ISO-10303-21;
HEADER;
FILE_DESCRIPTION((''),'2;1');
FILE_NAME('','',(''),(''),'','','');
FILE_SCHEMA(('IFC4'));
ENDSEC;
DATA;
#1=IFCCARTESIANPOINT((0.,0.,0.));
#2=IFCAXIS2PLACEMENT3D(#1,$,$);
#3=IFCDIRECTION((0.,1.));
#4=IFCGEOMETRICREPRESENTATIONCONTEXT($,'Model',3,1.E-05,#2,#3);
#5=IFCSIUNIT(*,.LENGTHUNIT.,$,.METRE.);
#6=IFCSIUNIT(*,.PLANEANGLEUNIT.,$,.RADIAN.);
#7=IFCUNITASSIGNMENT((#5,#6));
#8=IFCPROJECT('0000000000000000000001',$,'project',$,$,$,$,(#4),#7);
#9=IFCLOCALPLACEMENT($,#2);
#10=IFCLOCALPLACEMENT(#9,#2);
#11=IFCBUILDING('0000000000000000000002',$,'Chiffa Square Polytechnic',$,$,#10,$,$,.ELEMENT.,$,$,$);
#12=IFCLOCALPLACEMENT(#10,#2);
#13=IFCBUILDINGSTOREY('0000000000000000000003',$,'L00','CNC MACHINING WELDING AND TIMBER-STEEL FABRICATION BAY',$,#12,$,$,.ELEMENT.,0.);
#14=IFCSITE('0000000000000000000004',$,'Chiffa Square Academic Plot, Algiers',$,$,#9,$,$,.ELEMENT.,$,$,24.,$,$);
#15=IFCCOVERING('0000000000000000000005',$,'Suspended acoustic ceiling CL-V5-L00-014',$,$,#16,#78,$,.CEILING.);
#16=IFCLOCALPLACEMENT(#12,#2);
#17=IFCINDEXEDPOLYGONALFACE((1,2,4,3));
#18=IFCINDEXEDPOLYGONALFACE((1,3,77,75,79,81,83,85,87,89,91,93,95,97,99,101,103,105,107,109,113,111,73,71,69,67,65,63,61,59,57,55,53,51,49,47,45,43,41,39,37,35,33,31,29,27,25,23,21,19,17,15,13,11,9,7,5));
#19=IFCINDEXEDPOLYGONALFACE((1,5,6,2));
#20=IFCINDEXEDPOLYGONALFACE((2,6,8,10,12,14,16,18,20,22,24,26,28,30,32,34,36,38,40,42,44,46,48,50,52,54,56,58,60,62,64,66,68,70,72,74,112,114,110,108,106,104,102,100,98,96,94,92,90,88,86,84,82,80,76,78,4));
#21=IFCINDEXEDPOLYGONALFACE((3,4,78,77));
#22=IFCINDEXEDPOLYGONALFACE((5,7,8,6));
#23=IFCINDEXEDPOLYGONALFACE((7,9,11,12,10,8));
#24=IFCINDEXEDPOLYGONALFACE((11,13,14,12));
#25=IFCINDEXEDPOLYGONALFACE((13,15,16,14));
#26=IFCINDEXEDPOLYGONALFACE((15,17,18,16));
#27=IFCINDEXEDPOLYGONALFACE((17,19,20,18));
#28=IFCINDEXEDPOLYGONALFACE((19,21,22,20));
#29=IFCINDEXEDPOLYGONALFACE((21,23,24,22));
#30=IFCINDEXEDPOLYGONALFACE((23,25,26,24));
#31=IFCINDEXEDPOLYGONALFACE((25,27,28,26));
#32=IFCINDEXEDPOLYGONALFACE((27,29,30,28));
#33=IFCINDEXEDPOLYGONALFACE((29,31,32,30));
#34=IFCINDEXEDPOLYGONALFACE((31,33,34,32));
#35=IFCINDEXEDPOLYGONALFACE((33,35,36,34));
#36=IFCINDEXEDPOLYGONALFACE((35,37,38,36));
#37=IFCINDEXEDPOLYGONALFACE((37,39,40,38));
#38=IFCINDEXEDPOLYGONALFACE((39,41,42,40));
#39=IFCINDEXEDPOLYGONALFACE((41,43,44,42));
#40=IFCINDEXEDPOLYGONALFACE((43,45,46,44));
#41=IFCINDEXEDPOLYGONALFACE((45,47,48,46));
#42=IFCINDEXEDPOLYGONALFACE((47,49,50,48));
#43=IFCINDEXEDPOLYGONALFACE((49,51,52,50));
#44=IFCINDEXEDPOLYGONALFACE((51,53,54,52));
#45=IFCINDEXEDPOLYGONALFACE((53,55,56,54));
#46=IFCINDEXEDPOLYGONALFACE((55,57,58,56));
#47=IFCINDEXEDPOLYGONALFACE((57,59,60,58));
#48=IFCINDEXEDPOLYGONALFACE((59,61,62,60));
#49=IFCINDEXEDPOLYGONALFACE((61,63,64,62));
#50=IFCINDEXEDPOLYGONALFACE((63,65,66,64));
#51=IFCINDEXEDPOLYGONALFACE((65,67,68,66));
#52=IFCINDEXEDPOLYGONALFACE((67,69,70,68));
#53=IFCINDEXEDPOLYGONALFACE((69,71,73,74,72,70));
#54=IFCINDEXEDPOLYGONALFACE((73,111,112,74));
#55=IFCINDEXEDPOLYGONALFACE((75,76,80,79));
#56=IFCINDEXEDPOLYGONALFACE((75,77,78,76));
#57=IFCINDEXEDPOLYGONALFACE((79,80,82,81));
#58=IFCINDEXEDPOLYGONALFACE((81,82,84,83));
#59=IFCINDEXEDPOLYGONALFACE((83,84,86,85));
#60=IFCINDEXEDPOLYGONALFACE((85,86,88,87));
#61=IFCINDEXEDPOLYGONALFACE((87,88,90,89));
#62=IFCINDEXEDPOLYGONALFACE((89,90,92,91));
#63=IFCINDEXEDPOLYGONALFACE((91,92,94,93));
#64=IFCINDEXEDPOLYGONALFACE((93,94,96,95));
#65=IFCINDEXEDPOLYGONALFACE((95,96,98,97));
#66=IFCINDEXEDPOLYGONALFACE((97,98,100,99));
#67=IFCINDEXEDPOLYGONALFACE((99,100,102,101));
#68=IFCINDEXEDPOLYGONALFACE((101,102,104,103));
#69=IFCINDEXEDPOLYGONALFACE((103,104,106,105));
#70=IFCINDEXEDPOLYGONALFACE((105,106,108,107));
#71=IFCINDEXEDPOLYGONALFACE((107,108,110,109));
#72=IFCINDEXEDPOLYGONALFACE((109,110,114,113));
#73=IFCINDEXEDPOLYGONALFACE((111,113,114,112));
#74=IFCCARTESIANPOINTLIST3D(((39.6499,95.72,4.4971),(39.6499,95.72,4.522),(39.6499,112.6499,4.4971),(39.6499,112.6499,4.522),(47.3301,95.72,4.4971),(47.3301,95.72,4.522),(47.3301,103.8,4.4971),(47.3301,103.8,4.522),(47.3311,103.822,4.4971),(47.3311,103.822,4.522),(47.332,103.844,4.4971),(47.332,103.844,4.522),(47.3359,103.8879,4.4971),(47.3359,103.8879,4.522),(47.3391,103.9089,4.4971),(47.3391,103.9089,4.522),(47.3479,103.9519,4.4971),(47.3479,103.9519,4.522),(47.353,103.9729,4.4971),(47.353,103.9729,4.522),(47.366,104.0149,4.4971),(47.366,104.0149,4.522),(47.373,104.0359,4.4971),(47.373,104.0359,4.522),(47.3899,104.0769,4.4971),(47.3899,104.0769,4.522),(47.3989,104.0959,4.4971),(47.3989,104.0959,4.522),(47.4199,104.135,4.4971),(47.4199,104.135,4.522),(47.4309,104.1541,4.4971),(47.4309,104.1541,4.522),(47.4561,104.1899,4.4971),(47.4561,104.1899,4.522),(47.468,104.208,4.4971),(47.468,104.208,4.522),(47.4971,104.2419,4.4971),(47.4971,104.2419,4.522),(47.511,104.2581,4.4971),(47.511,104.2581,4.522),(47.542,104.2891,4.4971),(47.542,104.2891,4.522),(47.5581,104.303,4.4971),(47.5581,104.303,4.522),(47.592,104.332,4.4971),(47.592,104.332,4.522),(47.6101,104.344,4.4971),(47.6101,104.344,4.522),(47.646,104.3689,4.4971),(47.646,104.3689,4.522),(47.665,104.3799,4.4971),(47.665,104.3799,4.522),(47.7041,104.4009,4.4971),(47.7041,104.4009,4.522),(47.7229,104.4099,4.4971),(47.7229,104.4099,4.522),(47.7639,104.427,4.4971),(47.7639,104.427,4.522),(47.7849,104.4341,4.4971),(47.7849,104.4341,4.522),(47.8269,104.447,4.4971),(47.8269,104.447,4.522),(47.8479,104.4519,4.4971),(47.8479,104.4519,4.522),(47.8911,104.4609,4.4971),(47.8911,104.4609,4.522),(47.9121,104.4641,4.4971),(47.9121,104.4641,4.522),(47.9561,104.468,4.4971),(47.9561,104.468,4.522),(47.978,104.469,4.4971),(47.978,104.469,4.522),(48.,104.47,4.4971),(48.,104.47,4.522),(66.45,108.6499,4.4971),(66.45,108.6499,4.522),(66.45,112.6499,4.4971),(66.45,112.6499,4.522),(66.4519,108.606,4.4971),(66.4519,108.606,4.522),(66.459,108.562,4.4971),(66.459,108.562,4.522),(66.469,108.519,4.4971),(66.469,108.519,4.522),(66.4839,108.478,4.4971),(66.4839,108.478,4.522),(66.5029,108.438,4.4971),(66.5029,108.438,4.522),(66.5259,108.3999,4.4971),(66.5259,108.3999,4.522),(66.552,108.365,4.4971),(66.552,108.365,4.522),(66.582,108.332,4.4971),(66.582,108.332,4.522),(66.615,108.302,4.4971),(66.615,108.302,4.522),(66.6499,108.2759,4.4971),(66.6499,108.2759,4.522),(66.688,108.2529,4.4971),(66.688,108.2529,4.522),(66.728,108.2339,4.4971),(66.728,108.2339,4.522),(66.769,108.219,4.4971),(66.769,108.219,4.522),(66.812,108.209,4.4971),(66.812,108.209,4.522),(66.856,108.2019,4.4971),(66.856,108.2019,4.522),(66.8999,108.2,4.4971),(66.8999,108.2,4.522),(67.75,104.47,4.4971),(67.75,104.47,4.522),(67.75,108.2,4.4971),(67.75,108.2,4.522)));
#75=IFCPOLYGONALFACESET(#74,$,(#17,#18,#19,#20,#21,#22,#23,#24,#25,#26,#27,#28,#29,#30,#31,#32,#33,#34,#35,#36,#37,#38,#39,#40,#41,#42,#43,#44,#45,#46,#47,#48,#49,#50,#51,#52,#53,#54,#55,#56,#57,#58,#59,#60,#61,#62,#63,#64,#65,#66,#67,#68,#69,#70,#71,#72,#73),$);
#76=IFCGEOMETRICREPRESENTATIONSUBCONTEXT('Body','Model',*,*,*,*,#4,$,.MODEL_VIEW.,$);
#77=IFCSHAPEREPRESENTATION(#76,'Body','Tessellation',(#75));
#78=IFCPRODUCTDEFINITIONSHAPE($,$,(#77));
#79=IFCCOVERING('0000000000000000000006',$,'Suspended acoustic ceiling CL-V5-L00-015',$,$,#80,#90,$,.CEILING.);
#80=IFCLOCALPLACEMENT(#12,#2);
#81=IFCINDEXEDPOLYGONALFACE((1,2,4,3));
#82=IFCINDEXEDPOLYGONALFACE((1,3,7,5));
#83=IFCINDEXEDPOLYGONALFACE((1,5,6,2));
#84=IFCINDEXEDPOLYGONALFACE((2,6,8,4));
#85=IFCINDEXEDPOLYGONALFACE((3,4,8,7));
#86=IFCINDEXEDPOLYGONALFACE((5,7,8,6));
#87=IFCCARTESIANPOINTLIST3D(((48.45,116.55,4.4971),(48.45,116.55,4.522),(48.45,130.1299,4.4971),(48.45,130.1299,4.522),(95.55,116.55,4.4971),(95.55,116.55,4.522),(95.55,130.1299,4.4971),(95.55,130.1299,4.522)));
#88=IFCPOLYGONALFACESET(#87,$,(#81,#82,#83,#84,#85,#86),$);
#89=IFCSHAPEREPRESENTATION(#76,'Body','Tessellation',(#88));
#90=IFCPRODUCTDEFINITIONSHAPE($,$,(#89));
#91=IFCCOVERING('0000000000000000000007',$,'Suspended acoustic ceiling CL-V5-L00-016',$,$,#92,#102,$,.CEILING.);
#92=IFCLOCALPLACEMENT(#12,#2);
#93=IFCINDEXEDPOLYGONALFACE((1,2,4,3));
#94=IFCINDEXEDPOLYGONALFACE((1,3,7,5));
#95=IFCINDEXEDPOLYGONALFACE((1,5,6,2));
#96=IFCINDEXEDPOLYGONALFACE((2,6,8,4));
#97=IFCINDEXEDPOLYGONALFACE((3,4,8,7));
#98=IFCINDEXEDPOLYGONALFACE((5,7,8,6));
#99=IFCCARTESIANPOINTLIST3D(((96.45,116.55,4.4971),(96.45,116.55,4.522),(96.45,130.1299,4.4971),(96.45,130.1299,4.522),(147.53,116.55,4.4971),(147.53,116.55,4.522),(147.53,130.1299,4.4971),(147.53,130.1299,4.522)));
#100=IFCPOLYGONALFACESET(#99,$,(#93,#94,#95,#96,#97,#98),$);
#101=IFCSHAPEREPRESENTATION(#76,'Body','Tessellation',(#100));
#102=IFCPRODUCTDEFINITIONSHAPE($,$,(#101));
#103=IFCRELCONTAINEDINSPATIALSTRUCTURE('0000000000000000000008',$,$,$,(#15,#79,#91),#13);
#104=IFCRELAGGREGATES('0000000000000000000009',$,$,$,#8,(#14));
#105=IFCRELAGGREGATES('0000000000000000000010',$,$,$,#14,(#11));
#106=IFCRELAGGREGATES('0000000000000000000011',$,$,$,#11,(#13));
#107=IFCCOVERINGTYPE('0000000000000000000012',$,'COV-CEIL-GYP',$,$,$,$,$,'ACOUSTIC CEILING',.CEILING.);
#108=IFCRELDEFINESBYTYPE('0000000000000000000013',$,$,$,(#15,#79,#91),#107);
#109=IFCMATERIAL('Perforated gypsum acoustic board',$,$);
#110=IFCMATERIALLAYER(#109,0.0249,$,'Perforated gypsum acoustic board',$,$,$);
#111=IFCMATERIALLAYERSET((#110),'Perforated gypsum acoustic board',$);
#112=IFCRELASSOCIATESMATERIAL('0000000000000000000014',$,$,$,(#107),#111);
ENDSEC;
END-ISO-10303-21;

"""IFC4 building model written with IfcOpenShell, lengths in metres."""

from ifc_helpers import new_model, si_unit, direction, frame, origin, place, context, subcontext, project, spatial, polyline, outline, extrude, material, layer, layer_set, type_object, element, save


model = new_model("IFC4")

# Units and contexts
model_context = context("Model", 3, precision=1e-05, world=origin(), true_north=direction((0.0, 1.0)))
body_context = subcontext(model_context, "Body", "Model", "MODEL_VIEW")
ifc_project = project(units=[si_unit("LENGTHUNIT", "METRE"), si_unit("PLANEANGLEUNIT", "RADIAN")], contexts=[model_context])

# Site, building, storey
site_placement = place(None, origin())
site = spatial("IfcSite", under=ifc_project, at=site_placement, Name="Chiffa Square Academic Plot, Algiers", CompositionType="ELEMENT", RefElevation=24.0)
building_placement = place(site_placement, origin())
building = spatial("IfcBuilding", under=site, at=building_placement, Name="Chiffa Square Polytechnic", CompositionType="ELEMENT")
storey_placement = place(building_placement, origin())
storey = spatial("IfcBuildingStorey", under=building, at=storey_placement, Name="L00", Description="CNC MACHINING WELDING AND TIMBER-STEEL FABRICATION BAY", CompositionType="ELEMENT", Elevation=0.0)

# Coverings
ifc_material_1 = material(Name="Perforated gypsum acoustic board")
ifc_layer_1 = layer(ifc_material_1, 0.0249, Name="Perforated gypsum acoustic board")
ifc_layer_set_1 = layer_set([ifc_layer_1], Name="Perforated gypsum acoustic board")
covering_type_1 = type_object("IfcCoveringType", Name="COV-CEIL-GYP", ElementType="ACOUSTIC CEILING", PredefinedType="CEILING", material=ifc_layer_set_1)
covering_1_placement = place(storey_placement, frame((0.0, 0.0, 4.4971)))
element("IfcCovering", 1, at=covering_1_placement, inside=storey, type_object=covering_type_1, Name="Suspended acoustic ceiling CL-V5-L00-014", PredefinedType="CEILING", context=body_context, shape_type="SweptSolid", body=[
    extrude(outline(polyline([(39.6499, 112.6499), (66.45, 112.6499), (66.45, 108.6499), (66.4519, 108.606), (66.459, 108.562), (66.469, 108.519), (66.4839, 108.478), (66.5029, 108.438), (66.5259, 108.3999), (66.552, 108.365), (66.582, 108.332), (66.615, 108.302), (66.6499, 108.2759), (66.688, 108.2529), (66.728, 108.2339), (66.769, 108.219), (66.812, 108.209), (66.856, 108.2019), (66.8999, 108.2), (67.75, 108.2), (67.75, 104.47), (48.0, 104.47), (47.978, 104.469), (47.9561, 104.468), (47.9121, 104.4641), (47.8911, 104.4609), (47.8479, 104.4519), (47.8269, 104.447), (47.7849, 104.4341), (47.7639, 104.427), (47.7229, 104.4099), (47.7041, 104.4009), (47.665, 104.3799), (47.646, 104.3689), (47.6101, 104.344), (47.592, 104.332), (47.5581, 104.303), (47.542, 104.2891), (47.511, 104.2581), (47.4971, 104.2419), (47.468, 104.208), (47.4561, 104.1899), (47.4309, 104.1541), (47.4199, 104.135), (47.3989, 104.0959), (47.3899, 104.0769), (47.373, 104.0359), (47.366, 104.0149), (47.353, 103.9729), (47.3479, 103.9519), (47.3391, 103.9089), (47.3359, 103.8879), (47.332, 103.844), (47.3311, 103.822), (47.3301, 103.8), (47.3301, 95.72), (39.6499, 95.72), (39.6499, 112.6499)])), origin(), (0.0, 0.0, 1.0), 0.0249),
])
covering_2_placement = place(storey_placement, frame((0.0, 0.0, 4.4971)))
element("IfcCovering", 2, at=covering_2_placement, inside=storey, type_object=covering_type_1, Name="Suspended acoustic ceiling CL-V5-L00-015", PredefinedType="CEILING", context=body_context, shape_type="SweptSolid", body=[
    extrude(outline(polyline([(95.55, 116.55), (48.45, 116.55), (48.45, 130.1299), (95.55, 130.1299), (95.55, 116.55)])), origin(), (0.0, 0.0, 1.0), 0.0249),
])
covering_3_placement = place(storey_placement, frame((0.0, 0.0, 4.4971)))
element("IfcCovering", 3, at=covering_3_placement, inside=storey, type_object=covering_type_1, Name="Suspended acoustic ceiling CL-V5-L00-016", PredefinedType="CEILING", context=body_context, shape_type="SweptSolid", body=[
    extrude(outline(polyline([(96.45, 116.55), (96.45, 130.1299), (147.53, 130.1299), (147.53, 116.55), (96.45, 116.55)])), origin(), (0.0, 0.0, 1.0), 0.0249),
])

save(model, "model.ifc")
